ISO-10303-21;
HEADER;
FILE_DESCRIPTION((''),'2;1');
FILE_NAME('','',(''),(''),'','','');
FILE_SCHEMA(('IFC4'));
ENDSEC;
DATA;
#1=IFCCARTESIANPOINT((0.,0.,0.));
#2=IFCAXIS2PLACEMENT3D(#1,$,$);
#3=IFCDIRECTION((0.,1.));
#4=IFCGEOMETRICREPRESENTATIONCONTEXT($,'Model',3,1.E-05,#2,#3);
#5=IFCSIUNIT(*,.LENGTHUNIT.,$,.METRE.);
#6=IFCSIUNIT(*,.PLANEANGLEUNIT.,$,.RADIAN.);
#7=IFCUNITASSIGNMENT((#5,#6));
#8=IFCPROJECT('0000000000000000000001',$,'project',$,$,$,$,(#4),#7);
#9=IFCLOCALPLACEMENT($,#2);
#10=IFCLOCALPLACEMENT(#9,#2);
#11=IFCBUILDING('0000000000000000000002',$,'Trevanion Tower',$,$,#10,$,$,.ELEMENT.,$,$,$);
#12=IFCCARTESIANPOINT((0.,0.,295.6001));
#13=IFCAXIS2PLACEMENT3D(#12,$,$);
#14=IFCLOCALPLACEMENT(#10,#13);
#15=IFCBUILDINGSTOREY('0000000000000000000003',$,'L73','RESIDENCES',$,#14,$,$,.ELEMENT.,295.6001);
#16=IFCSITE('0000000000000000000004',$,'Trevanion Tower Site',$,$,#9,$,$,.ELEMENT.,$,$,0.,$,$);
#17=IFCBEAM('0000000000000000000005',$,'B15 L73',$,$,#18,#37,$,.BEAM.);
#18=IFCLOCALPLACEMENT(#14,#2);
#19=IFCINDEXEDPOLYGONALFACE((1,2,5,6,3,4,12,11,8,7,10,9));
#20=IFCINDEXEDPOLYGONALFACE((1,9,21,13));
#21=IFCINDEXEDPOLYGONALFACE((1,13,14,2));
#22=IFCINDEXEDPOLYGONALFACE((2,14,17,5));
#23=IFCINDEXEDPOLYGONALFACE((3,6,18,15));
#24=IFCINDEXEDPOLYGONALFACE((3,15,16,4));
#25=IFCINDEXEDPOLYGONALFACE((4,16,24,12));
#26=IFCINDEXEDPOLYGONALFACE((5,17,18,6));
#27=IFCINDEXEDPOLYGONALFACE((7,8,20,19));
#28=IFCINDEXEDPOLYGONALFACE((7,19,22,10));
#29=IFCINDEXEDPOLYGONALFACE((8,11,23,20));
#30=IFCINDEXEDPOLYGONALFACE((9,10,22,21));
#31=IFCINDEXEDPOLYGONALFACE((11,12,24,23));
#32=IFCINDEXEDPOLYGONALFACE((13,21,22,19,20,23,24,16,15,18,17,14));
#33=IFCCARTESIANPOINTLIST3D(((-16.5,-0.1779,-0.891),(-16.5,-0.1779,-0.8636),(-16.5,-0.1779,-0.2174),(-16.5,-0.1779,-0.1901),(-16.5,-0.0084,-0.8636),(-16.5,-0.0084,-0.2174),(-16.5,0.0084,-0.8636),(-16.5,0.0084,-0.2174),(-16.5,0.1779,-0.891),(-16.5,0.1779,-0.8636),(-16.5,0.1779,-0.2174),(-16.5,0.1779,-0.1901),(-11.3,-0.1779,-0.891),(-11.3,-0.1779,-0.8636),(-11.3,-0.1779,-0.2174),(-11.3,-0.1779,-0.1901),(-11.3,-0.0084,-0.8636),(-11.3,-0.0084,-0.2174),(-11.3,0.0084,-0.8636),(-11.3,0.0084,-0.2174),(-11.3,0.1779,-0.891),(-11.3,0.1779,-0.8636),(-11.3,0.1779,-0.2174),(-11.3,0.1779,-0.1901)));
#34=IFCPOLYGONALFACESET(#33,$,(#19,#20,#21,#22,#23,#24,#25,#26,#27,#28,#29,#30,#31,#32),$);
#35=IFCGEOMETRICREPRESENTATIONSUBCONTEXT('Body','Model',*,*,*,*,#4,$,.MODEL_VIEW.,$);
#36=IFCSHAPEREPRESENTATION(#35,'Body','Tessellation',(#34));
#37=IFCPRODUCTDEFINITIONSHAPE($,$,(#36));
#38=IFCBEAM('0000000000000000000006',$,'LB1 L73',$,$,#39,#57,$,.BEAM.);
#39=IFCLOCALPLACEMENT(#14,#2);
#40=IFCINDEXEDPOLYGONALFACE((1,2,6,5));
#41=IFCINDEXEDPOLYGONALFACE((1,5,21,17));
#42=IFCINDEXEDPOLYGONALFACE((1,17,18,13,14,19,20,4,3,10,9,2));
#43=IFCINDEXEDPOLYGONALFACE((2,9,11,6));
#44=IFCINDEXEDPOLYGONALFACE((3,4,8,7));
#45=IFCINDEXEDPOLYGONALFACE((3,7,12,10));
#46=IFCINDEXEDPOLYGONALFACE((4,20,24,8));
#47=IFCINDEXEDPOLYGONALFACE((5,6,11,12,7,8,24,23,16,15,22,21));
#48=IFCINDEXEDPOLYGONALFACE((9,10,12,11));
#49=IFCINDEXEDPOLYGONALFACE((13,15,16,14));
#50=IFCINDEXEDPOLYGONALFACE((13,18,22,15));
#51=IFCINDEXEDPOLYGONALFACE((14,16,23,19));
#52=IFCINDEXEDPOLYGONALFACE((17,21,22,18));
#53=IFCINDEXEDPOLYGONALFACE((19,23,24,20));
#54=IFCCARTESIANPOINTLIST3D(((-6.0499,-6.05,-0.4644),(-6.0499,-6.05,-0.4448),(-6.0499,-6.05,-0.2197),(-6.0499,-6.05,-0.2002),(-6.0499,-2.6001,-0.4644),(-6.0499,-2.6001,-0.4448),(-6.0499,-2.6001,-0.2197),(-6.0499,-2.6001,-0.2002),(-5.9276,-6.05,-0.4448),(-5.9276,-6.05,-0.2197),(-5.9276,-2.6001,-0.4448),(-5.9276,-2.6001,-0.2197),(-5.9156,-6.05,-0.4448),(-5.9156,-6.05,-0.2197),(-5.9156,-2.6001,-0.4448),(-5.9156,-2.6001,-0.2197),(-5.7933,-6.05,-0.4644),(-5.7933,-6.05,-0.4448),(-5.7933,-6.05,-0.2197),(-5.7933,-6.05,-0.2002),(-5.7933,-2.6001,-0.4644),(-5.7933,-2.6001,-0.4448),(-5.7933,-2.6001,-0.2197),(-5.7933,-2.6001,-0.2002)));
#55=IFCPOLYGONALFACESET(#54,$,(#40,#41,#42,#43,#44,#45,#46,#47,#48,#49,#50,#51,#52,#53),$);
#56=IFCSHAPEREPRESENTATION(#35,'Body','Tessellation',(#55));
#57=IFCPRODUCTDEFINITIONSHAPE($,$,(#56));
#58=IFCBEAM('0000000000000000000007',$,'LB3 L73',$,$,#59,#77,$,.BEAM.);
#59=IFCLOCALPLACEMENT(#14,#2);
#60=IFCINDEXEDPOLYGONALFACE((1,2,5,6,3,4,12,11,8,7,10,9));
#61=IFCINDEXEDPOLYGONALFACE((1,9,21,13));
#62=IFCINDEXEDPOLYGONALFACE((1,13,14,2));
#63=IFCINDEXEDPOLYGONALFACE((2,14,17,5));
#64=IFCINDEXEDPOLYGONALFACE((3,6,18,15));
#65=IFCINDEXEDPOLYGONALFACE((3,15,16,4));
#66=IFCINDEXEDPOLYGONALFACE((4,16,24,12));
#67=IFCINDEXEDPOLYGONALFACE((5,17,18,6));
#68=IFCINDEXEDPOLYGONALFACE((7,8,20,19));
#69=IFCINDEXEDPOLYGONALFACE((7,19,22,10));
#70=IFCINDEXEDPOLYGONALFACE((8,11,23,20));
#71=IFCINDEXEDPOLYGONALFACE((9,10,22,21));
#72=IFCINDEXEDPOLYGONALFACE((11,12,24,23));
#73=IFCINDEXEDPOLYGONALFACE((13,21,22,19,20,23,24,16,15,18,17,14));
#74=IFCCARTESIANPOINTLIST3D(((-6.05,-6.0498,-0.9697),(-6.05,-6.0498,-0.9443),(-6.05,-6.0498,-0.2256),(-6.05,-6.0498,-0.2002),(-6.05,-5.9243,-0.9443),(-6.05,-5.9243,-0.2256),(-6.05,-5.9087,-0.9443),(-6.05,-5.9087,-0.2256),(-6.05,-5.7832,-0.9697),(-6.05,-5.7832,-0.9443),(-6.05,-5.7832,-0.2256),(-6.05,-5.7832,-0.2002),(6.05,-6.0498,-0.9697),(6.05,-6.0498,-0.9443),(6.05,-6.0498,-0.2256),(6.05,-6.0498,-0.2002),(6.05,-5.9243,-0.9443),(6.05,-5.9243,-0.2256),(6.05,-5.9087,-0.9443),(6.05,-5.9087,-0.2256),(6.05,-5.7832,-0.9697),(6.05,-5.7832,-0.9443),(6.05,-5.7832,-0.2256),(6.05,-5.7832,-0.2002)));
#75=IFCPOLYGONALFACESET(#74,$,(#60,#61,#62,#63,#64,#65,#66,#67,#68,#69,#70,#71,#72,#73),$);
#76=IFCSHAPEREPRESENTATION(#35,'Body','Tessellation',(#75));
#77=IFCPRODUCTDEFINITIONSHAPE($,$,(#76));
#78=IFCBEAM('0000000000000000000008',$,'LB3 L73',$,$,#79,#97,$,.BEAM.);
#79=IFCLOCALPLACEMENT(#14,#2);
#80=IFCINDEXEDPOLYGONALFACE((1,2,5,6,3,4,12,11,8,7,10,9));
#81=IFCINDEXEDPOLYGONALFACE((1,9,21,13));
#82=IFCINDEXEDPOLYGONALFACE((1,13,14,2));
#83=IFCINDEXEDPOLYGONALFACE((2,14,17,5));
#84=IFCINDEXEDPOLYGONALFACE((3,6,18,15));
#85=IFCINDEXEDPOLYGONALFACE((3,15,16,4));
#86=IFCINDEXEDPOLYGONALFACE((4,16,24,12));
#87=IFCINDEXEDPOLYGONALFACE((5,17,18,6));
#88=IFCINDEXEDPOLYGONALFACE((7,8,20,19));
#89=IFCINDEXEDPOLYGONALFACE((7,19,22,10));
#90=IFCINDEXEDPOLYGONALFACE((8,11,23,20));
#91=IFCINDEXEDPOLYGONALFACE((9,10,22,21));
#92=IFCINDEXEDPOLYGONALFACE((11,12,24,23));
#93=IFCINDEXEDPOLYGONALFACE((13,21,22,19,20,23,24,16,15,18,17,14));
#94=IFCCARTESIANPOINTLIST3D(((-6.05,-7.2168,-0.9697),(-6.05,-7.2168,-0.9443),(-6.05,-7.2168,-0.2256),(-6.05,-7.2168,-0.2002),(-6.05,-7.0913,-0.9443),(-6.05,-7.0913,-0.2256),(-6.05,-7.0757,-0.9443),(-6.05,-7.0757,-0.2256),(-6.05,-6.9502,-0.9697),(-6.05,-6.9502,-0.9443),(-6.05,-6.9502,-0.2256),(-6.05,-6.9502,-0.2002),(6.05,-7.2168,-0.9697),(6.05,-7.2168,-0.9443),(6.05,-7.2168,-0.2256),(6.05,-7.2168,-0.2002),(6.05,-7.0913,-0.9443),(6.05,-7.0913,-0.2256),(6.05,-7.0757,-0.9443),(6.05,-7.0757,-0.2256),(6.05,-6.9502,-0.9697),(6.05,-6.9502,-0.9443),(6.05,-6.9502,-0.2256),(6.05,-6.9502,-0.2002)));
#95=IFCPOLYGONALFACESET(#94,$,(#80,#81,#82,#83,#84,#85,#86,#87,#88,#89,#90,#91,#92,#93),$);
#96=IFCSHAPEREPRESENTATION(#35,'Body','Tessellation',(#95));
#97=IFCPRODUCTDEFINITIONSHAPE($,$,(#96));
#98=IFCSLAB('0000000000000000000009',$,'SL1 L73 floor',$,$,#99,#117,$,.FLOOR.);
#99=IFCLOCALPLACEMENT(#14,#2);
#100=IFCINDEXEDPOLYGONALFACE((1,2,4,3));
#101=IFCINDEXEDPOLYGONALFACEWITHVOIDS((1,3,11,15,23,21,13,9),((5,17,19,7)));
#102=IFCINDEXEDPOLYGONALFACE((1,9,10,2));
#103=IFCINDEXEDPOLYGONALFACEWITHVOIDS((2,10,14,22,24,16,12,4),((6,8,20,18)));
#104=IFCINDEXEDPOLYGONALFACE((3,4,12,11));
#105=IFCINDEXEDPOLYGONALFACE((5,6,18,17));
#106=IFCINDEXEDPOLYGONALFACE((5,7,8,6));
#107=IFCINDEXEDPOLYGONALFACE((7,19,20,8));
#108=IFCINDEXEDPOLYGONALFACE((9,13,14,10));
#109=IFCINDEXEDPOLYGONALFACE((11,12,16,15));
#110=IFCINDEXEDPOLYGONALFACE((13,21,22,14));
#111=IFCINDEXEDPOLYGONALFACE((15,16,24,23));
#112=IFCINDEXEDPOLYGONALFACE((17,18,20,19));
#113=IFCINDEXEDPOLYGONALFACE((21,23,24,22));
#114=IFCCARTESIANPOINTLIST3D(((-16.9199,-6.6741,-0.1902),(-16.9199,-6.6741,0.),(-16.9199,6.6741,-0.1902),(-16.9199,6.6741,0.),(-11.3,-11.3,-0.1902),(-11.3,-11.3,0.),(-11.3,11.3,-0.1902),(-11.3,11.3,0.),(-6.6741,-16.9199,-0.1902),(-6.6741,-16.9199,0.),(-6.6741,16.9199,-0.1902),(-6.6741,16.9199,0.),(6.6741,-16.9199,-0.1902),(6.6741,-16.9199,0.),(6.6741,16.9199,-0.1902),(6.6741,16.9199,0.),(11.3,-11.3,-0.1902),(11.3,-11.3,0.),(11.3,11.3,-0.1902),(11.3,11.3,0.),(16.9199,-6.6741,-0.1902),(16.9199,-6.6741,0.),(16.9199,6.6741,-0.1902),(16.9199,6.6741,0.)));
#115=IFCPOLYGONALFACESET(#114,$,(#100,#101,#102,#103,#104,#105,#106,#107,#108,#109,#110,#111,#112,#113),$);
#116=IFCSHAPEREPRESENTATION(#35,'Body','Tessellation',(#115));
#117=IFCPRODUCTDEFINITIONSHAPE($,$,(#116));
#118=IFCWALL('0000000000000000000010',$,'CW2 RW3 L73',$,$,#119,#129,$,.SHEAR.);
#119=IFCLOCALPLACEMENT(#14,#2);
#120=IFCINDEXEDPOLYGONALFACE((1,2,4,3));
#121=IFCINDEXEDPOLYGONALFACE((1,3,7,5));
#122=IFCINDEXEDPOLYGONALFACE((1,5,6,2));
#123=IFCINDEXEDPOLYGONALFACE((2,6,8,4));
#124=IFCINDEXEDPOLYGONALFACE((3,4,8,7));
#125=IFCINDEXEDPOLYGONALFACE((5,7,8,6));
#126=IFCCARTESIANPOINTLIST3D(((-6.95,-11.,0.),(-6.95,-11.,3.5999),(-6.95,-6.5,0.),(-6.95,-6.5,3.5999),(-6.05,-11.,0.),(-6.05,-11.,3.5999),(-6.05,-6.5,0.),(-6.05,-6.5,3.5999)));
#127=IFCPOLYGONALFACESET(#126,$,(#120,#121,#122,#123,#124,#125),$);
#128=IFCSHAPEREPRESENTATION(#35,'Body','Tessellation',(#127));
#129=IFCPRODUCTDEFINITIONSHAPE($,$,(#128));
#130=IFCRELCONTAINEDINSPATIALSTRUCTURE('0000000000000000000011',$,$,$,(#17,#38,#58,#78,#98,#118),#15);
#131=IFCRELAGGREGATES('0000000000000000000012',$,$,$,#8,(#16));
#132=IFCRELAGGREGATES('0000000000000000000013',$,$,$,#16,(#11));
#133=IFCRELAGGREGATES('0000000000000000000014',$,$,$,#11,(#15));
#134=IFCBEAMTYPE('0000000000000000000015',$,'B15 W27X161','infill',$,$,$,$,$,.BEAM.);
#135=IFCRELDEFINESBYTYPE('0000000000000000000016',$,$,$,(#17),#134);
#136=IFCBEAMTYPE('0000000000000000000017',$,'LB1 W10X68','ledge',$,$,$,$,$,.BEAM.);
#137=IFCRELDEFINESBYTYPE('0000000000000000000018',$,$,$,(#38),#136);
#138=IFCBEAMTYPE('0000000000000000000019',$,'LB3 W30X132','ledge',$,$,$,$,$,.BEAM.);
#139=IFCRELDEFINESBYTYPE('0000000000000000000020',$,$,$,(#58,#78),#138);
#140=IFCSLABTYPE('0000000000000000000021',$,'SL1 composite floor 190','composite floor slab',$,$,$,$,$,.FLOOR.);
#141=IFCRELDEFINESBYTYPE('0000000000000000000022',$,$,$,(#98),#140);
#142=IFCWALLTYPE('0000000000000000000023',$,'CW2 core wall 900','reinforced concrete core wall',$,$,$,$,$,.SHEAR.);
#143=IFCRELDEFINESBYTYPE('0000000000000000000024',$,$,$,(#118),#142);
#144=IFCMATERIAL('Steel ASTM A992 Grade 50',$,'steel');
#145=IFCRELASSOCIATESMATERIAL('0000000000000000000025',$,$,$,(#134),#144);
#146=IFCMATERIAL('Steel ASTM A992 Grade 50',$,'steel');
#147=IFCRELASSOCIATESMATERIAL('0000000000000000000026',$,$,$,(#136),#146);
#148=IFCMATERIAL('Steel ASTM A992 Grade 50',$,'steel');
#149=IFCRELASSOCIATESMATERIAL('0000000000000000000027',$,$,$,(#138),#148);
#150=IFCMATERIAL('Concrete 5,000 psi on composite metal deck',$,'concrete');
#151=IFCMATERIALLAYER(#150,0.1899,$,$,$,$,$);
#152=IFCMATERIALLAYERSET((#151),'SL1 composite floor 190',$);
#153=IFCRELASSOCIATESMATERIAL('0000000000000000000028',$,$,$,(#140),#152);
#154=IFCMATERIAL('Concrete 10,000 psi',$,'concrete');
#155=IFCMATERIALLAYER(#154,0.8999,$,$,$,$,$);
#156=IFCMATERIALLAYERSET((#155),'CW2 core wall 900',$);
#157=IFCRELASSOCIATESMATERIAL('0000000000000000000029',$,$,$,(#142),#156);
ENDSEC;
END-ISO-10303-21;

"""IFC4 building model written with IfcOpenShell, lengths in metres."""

from ifc_helpers import new_model, si_unit, direction, frame, frame_2d, origin, origin_2d, place, context, subcontext, project, spatial, polyline, rectangle, i_section, outline, extrude, material, layer, layer_set, material_profile, profile_set, type_object, element, save


model = new_model("IFC4")

# Units and contexts
model_context = context("Model", 3, precision=1e-05, world=origin(), true_north=direction((0.0, 1.0)))
body_context = subcontext(model_context, "Body", "Model", "MODEL_VIEW")
ifc_project = project(units=[si_unit("LENGTHUNIT", "METRE"), si_unit("PLANEANGLEUNIT", "RADIAN")], contexts=[model_context])

# Site, building, storey
site_placement = place(None, origin())
site = spatial("IfcSite", under=ifc_project, at=site_placement, Name="Trevanion Tower Site", CompositionType="ELEMENT", RefElevation=0.0)
building_placement = place(site_placement, origin())
building = spatial("IfcBuilding", under=site, at=building_placement, Name="Trevanion Tower", CompositionType="ELEMENT")
storey_placement = place(building_placement, frame((0.0, 0.0, 295.6001)))
storey = spatial("IfcBuildingStorey", under=building, at=storey_placement, Name="L73", Description="RESIDENCES", CompositionType="ELEMENT", Elevation=295.6001)

# Beams
ifc_material_1 = material(Name="Steel ASTM A992 Grade 50", Category="steel")
ifc_material_profile_1 = material_profile(ifc_material_1, i_section(OverallWidth=0.3557, OverallDepth=0.7009, WebThickness=0.0168, FlangeThickness=0.0273, at=origin_2d()), Name="W27X161")
ifc_profile_set_1 = profile_set([ifc_material_profile_1], Name="Steel ASTM A992 Grade 50")
beam_type_1 = type_object("IfcBeamType", Name="B15 W27X161", Description="infill", PredefinedType="BEAM", material=ifc_profile_set_1)
beam_1_placement = place(storey_placement, frame((-11.3, 0.0, -0.5405), z_axis=(-1.0, 0.0, 0.0), x_axis=(0.0, -1.0, 0.0)))
element("IfcBeam", 1, at=beam_1_placement, inside=storey, type_object=beam_type_1, Name="B15 L73", PredefinedType="BEAM", context=body_context, shape_type="SweptSolid", body=[
    extrude(i_section(OverallWidth=0.3557, OverallDepth=0.7009, WebThickness=0.0168, FlangeThickness=0.0273, at=origin_2d()), origin(), (0.0, 0.0, 1.0), 5.2),
])
ifc_material_2 = material(Name="Steel ASTM A992 Grade 50", Category="steel")
ifc_material_profile_2 = material_profile(ifc_material_2, i_section(OverallWidth=0.2566, OverallDepth=0.2642, WebThickness=0.012, FlangeThickness=0.0195, at=origin_2d()), Name="W10X68")
ifc_profile_set_2 = profile_set([ifc_material_profile_2], Name="Steel ASTM A992 Grade 50")
beam_type_2 = type_object("IfcBeamType", Name="LB1 W10X68", Description="ledge", PredefinedType="BEAM", material=ifc_profile_set_2)
beam_2_placement = place(storey_placement, frame((-5.9216, -6.05, -0.3323), z_axis=(0.0, 1.0, 0.0), x_axis=(-1.0, 0.0, 0.0)))
element("IfcBeam", 2, at=beam_2_placement, inside=storey, type_object=beam_type_2, Name="LB1 L73", PredefinedType="BEAM", context=body_context, shape_type="SweptSolid", body=[
    extrude(i_section(OverallWidth=0.2566, OverallDepth=0.2642, WebThickness=0.012, FlangeThickness=0.0195, at=origin_2d()), origin(), (0.0, 0.0, 1.0), 3.45),
])
ifc_material_3 = material(Name="Steel ASTM A992 Grade 50", Category="steel")
ifc_material_profile_3 = material_profile(ifc_material_3, i_section(OverallWidth=0.2666, OverallDepth=0.7695, WebThickness=0.0156, FlangeThickness=0.0254, at=origin_2d()), Name="W30X132")
ifc_profile_set_3 = profile_set([ifc_material_profile_3], Name="Steel ASTM A992 Grade 50")
beam_type_3 = type_object("IfcBeamType", Name="LB3 W30X132", Description="ledge", PredefinedType="BEAM", material=ifc_profile_set_3)
for number, where, z_axis, x_axis, name in (
    (3, (-6.05, -5.9165, -0.585), (1.0, 0.0, 0.0), (0.0, 1.0, 0.0), "LB3 L73"),
    (4, (-6.05, -7.0835, -0.585), (1.0, 0.0, 0.0), (0.0, 1.0, 0.0), "LB3 L73"),
):
    element("IfcBeam", number, at=place(storey_placement, frame(where, z_axis=z_axis, x_axis=x_axis)), inside=storey, type_object=beam_type_3, Name=name, PredefinedType="BEAM", context=body_context, shape_type="SweptSolid", body=[
        extrude(i_section(OverallWidth=0.2666, OverallDepth=0.7695, WebThickness=0.0156, FlangeThickness=0.0254, at=origin_2d()), origin(), (0.0, 0.0, 1.0), 12.1001),
    ])

# Slab
ifc_material_4 = material(Name="Concrete 5,000 psi on composite metal deck", Category="concrete")
ifc_layer_1 = layer(ifc_material_4, 0.1899)
ifc_layer_set_1 = layer_set([ifc_layer_1], Name="SL1 composite floor 190")
slab_type = type_object("IfcSlabType", Name="SL1 composite floor 190", Description="composite floor slab", PredefinedType="FLOOR", material=ifc_layer_set_1)
slab_placement = place(storey_placement, frame((0.0, 0.0, -0.1902)))
element("IfcSlab", 5, at=slab_placement, inside=storey, type_object=slab_type, Name="SL1 L73 floor", PredefinedType="FLOOR", context=body_context, shape_type="SweptSolid", body=[
    extrude(outline(polyline([(16.9199, -6.6741), (16.9199, 6.6741), (6.6741, 16.9199), (-6.6741, 16.9199), (-16.9199, 6.6741), (-16.9199, -6.6741), (-6.6741, -16.9199), (6.6741, -16.9199), (16.9199, -6.6741)]), holes=[polyline([(11.3, -11.3), (11.3, 11.3), (-11.3, 11.3), (-11.3, -11.3), (11.3, -11.3)])]), origin(), (0.0, 0.0, 1.0), 0.1902),
])

# Wall
ifc_material_5 = material(Name="Concrete 10,000 psi", Category="concrete")
ifc_layer_2 = layer(ifc_material_5, 0.8999)
ifc_layer_set_2 = layer_set([ifc_layer_2], Name="CW2 core wall 900")
wall_type_1 = type_object("IfcWallType", Name="CW2 core wall 900", Description="reinforced concrete core wall", PredefinedType="SHEAR", material=ifc_layer_set_2)
wall_1_placement = place(storey_placement, frame((-6.5, -6.5, 0.0), z_axis=(0.0, 0.0, 1.0), x_axis=(0.0, -1.0, 0.0)))
element("IfcWall", 6, at=wall_1_placement, inside=storey, type_object=wall_type_1, Name="CW2 RW3 L73", PredefinedType="SHEAR", context=body_context, shape_type="SweptSolid", body=[
    extrude(rectangle(XDim=4.5, YDim=0.8999, at=frame_2d((2.25, 0.0))), origin(), (0.0, 0.0, 1.0), 3.5999),
])

save(model, "model.ifc")
